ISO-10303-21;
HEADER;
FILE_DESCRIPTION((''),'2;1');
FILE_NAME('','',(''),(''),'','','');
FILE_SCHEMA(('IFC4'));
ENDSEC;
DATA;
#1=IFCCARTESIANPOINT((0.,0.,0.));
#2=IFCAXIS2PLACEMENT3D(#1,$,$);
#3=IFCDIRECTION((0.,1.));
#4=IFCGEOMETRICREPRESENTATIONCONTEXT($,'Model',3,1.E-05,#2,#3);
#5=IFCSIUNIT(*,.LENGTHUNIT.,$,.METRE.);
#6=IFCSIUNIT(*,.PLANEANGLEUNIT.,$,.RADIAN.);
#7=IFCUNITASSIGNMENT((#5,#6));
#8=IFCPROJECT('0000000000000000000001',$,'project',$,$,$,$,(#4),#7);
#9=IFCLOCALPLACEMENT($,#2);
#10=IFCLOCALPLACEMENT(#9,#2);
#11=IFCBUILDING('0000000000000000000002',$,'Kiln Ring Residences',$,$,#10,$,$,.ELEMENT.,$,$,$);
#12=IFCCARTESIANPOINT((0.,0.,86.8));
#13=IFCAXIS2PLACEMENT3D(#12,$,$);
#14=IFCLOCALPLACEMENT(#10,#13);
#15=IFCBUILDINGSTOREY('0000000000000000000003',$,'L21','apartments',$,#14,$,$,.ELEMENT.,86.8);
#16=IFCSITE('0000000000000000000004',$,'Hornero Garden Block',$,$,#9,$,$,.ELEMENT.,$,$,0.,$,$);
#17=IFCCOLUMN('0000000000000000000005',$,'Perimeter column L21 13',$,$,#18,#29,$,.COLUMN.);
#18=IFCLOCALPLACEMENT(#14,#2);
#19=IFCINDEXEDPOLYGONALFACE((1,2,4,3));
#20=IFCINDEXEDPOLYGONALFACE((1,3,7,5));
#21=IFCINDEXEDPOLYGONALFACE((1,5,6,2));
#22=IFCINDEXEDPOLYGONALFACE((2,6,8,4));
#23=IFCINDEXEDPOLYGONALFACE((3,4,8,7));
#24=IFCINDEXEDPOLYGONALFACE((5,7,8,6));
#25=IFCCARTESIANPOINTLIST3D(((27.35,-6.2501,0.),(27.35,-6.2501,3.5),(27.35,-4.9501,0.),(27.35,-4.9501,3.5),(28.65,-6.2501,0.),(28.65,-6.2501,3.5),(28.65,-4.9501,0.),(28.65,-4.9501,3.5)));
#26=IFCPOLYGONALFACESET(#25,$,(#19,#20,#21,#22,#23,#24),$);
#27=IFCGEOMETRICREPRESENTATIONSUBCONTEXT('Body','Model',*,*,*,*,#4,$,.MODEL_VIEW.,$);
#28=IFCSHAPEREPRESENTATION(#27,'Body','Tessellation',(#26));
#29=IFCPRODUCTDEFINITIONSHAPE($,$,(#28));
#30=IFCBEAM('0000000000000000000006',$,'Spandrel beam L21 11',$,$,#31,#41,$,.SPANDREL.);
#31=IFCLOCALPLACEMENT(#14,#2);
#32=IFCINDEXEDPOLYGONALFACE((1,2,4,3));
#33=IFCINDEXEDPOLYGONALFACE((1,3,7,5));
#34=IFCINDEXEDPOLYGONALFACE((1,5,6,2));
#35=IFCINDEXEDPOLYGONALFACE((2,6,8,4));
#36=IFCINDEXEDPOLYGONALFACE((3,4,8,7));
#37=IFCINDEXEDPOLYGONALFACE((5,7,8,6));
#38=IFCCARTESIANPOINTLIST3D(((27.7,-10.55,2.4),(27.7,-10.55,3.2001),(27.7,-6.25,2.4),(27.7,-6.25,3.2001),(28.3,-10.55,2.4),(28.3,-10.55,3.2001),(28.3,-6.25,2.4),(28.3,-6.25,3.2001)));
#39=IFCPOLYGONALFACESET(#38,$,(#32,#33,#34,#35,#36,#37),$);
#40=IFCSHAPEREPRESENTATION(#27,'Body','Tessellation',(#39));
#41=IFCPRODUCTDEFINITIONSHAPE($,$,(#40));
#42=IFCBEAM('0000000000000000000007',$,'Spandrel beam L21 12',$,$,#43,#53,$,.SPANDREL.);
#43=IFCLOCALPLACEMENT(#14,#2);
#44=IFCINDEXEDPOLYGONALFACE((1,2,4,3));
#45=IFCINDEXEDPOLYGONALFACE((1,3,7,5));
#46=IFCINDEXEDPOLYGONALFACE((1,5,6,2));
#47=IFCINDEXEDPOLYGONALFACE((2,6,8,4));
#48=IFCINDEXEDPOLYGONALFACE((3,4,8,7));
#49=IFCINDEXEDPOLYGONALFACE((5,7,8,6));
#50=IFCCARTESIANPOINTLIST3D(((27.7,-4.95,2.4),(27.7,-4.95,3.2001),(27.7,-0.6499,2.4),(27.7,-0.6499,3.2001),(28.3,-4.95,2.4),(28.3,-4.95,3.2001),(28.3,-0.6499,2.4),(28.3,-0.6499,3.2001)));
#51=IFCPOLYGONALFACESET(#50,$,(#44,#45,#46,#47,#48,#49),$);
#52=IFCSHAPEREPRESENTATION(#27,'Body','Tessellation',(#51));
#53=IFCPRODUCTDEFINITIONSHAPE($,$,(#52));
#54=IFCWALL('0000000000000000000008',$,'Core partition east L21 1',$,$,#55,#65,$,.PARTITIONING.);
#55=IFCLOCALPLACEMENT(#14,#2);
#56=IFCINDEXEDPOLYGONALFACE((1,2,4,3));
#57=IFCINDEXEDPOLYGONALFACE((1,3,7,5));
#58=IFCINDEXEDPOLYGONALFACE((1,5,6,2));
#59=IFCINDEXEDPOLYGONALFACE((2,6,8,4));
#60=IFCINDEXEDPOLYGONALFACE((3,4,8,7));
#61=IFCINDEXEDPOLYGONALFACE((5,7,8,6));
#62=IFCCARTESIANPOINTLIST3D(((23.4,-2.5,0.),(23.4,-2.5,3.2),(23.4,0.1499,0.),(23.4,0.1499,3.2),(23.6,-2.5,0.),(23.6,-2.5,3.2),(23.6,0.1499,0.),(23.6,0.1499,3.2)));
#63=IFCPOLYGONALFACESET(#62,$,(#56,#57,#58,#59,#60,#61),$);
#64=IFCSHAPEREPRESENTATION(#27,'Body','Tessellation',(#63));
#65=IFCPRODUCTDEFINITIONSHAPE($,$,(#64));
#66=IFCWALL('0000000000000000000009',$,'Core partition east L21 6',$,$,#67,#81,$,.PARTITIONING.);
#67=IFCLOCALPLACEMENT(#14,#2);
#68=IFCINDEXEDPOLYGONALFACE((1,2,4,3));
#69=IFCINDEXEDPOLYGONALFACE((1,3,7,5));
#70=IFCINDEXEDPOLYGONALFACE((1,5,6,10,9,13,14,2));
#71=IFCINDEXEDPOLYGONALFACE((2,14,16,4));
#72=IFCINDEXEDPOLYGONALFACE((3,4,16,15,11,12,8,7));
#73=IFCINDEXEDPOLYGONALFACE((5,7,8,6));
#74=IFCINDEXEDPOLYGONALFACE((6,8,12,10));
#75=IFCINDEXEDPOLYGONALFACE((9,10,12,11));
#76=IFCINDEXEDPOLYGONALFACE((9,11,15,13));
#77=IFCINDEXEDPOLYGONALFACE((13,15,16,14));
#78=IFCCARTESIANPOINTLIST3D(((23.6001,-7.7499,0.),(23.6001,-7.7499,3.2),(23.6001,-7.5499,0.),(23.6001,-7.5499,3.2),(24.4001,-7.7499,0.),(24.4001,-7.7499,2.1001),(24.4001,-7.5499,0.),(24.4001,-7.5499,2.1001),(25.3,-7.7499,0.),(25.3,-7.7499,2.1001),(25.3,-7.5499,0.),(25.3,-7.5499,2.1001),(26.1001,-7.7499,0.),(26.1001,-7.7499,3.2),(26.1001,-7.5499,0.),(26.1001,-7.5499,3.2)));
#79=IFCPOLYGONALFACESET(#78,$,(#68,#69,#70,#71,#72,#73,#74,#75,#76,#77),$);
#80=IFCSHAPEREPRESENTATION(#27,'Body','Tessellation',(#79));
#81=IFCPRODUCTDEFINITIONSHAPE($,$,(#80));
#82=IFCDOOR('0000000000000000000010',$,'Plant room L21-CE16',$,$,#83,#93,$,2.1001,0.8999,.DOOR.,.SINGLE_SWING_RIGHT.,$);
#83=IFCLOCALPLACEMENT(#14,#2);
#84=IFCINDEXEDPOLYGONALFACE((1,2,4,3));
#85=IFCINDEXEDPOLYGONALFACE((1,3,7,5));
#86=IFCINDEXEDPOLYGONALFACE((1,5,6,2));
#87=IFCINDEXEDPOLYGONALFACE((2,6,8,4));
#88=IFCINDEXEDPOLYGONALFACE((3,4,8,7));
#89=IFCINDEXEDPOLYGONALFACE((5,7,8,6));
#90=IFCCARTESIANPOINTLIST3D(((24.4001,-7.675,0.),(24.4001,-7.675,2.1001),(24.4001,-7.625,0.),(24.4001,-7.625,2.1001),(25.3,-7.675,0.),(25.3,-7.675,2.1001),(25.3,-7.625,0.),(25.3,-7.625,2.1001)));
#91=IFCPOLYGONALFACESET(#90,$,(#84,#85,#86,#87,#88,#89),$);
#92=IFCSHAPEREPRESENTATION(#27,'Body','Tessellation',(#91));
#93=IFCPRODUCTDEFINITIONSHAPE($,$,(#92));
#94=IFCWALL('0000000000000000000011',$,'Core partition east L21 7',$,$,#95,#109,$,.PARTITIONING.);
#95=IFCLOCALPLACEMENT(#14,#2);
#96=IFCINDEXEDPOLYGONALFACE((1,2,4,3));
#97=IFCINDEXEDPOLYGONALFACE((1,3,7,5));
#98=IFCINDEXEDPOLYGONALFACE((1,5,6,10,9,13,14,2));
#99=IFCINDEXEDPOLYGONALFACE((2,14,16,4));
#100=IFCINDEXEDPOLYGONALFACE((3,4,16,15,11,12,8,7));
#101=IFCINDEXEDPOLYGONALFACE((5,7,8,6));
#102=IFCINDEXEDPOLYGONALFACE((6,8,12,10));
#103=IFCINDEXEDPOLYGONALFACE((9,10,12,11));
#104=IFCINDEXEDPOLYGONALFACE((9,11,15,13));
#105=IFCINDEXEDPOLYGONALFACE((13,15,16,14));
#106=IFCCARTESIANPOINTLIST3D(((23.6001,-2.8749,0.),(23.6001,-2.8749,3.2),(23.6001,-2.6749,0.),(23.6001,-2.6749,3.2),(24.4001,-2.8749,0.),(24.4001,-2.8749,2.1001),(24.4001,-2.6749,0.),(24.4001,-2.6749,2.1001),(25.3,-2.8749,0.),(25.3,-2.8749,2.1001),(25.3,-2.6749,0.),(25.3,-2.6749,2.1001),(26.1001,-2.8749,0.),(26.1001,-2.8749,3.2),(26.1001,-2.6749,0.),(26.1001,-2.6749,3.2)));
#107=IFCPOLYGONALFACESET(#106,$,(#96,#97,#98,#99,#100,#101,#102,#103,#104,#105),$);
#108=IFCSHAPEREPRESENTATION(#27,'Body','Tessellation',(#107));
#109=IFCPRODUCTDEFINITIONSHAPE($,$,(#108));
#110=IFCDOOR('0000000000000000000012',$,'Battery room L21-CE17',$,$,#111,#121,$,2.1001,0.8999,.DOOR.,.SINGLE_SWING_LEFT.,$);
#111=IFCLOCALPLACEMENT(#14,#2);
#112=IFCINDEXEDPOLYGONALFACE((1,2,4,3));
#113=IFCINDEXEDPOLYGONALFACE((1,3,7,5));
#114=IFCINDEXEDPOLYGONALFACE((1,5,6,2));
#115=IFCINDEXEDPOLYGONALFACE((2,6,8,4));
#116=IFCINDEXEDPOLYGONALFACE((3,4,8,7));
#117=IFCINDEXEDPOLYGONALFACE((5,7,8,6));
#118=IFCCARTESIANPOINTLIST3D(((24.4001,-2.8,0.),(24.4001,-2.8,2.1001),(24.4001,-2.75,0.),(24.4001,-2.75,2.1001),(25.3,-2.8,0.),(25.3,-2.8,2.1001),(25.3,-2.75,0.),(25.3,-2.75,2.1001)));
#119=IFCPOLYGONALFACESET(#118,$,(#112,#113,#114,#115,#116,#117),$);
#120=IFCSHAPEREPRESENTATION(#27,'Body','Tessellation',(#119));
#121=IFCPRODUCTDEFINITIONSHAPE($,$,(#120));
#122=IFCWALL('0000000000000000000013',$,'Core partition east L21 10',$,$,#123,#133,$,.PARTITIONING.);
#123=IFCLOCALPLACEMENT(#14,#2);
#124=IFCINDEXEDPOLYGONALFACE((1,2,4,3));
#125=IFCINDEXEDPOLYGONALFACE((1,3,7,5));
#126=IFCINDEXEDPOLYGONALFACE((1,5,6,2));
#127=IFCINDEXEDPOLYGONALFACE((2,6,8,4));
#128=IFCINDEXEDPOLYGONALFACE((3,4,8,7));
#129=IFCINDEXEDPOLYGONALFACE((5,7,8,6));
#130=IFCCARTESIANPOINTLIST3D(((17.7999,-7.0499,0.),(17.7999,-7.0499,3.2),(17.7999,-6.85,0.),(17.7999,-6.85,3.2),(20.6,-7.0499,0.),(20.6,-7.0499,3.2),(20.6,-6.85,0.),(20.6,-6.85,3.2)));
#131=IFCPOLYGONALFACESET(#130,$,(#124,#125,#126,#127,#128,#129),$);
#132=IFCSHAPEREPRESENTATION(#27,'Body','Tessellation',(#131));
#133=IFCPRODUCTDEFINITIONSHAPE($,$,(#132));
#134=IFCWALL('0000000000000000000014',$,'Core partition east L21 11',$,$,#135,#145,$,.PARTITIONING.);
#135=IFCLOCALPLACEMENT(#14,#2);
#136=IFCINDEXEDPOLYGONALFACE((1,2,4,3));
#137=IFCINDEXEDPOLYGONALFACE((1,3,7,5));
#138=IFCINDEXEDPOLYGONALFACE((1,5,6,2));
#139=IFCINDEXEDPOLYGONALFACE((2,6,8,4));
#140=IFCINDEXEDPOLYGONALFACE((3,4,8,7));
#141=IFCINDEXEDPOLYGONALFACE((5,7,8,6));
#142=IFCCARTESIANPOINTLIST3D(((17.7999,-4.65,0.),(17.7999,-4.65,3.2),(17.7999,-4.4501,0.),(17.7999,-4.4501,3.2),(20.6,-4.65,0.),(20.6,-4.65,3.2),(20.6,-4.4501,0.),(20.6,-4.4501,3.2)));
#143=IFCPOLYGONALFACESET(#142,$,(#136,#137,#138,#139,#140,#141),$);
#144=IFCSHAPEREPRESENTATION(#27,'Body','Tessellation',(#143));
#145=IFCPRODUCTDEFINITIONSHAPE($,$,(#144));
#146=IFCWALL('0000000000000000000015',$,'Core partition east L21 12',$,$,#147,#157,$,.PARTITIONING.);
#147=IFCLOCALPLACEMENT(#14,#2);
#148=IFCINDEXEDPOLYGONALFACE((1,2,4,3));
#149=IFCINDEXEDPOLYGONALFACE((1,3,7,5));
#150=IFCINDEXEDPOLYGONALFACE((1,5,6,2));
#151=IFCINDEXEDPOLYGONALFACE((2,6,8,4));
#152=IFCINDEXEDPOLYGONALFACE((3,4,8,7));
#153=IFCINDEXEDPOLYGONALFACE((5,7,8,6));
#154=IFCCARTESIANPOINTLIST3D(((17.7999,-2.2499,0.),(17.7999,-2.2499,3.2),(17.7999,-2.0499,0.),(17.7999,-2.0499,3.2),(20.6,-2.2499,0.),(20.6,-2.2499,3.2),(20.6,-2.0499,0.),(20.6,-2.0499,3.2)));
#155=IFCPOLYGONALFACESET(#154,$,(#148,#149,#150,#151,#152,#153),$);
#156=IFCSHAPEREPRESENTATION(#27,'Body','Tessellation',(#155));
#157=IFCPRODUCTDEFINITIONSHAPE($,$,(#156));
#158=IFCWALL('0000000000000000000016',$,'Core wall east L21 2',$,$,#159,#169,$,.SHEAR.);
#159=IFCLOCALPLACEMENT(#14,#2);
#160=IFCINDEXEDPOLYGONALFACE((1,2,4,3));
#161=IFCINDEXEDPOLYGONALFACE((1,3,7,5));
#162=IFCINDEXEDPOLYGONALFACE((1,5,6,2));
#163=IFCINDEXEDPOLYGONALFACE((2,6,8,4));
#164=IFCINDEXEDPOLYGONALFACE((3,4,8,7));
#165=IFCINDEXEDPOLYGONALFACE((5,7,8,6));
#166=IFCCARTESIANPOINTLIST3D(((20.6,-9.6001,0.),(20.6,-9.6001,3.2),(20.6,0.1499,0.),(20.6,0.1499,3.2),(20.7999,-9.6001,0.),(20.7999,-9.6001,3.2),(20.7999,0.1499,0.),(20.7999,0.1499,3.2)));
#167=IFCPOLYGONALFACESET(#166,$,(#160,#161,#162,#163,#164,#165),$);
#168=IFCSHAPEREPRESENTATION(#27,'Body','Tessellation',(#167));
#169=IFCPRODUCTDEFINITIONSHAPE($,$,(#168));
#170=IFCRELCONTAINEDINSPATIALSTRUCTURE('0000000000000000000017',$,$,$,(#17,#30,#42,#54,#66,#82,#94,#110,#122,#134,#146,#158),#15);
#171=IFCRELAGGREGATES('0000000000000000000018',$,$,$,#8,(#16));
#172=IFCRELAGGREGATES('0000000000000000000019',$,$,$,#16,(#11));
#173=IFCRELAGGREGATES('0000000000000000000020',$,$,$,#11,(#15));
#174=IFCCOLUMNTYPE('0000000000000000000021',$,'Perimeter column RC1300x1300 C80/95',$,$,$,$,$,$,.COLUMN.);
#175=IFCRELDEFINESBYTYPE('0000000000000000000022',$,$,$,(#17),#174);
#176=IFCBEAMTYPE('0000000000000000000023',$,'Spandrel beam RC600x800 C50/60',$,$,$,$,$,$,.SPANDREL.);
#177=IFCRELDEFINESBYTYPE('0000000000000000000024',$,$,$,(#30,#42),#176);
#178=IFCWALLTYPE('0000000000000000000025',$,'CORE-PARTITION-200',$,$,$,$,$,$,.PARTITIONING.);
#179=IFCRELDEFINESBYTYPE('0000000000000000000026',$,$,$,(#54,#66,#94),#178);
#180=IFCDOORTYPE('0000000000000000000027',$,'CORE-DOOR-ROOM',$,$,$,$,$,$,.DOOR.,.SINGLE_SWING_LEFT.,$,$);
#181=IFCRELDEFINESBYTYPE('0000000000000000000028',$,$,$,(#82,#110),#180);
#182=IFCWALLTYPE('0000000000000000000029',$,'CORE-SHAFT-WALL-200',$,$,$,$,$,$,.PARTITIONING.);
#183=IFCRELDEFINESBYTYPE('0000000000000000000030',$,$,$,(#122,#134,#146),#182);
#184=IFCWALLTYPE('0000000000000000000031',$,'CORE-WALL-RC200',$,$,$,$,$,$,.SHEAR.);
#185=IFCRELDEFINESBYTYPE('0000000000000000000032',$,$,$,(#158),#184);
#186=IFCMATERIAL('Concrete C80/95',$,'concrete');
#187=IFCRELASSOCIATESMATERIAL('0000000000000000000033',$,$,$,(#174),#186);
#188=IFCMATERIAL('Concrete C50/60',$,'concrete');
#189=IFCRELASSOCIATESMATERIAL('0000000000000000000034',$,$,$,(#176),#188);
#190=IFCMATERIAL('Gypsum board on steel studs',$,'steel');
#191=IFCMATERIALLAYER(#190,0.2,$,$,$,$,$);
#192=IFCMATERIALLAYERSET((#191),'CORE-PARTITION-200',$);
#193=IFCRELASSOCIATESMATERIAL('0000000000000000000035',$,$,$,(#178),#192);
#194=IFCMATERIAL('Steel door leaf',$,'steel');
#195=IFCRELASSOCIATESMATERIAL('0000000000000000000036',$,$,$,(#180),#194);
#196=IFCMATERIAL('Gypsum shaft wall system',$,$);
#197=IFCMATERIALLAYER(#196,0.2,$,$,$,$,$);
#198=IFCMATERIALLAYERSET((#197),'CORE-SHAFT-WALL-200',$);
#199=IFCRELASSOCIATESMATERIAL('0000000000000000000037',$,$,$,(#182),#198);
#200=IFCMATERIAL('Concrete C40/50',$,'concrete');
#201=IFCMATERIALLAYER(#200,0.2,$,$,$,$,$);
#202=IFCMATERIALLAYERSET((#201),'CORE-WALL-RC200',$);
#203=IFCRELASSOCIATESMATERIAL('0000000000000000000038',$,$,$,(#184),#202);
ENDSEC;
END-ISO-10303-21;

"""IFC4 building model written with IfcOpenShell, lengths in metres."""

from ifc_helpers import new_model, si_unit, direction, frame, frame_2d, origin, origin_2d, place, context, subcontext, project, spatial, rectangle, extrude, material, layer, layer_set, material_profile, profile_set, type_object, element, fill, save


model = new_model("IFC4")

# Units and contexts
model_context = context("Model", 3, precision=1e-05, world=origin(), true_north=direction((0.0, 1.0)))
body_context = subcontext(model_context, "Body", "Model", "MODEL_VIEW")
ifc_project = project(units=[si_unit("LENGTHUNIT", "METRE"), si_unit("PLANEANGLEUNIT", "RADIAN")], contexts=[model_context])

# Site, building, storey
site_placement = place(None, origin())
site = spatial("IfcSite", under=ifc_project, at=site_placement, Name="Hornero Garden Block", CompositionType="ELEMENT", RefElevation=0.0)
building_placement = place(site_placement, origin())
building = spatial("IfcBuilding", under=site, at=building_placement, Name="Kiln Ring Residences", CompositionType="ELEMENT")
storey_placement = place(building_placement, frame((0.0, 0.0, 86.8)))
storey = spatial("IfcBuildingStorey", under=building, at=storey_placement, Name="L21", Description="apartments", CompositionType="ELEMENT", Elevation=86.8)

# Column
ifc_material_1 = material(Name="Concrete C80/95", Category="concrete")
ifc_material_profile_1 = material_profile(ifc_material_1, rectangle(XDim=1.3, YDim=1.3, at=origin_2d()), Name="RC1300x1300")
ifc_profile_set_1 = profile_set([ifc_material_profile_1], Name="Concrete C80/95")
column_type = type_object("IfcColumnType", Name="Perimeter column RC1300x1300 C80/95", PredefinedType="COLUMN", material=ifc_profile_set_1)
column_placement = place(storey_placement, frame((28.0, -5.6001, 0.0), z_axis=(0.0, 0.0, 1.0), x_axis=(1.0, 0.0, 0.0)))
element("IfcColumn", 1, at=column_placement, inside=storey, type_object=column_type, Name="Perimeter column L21 13", PredefinedType="COLUMN", context=body_context, shape_type="SweptSolid", body=[
    extrude(rectangle(XDim=1.3, YDim=1.3, at=origin_2d()), origin(), (0.0, 0.0, 1.0), 3.5),
])

# Beams
ifc_material_2 = material(Name="Concrete C50/60", Category="concrete")
ifc_material_profile_2 = material_profile(ifc_material_2, rectangle(XDim=0.6001, YDim=0.8, at=origin_2d()), Name="RC600x800")
ifc_profile_set_2 = profile_set([ifc_material_profile_2], Name="Concrete C50/60")
beam_type = type_object("IfcBeamType", Name="Spandrel beam RC600x800 C50/60", PredefinedType="SPANDREL", material=ifc_profile_set_2)
for number, where, z_axis, x_axis, name in (
    (2, (28.0, -10.55, 2.8), (0.0, 1.0, 0.0), (-1.0, 0.0, 0.0), "Spandrel beam L21 11"),
    (3, (28.0, -4.95, 2.8), (0.0, 1.0, 0.0), (-1.0, 0.0, 0.0), "Spandrel beam L21 12"),
):
    element("IfcBeam", number, at=place(storey_placement, frame(where, z_axis=z_axis, x_axis=x_axis)), inside=storey, type_object=beam_type, Name=name, PredefinedType="SPANDREL", context=body_context, shape_type="SweptSolid", body=[
        extrude(rectangle(XDim=0.6001, YDim=0.8, at=origin_2d()), origin(), (0.0, 0.0, 1.0), 4.3),
    ])

# Wall
ifc_material_3 = material(Name="Gypsum board on steel studs", Category="steel")
ifc_layer_1 = layer(ifc_material_3, 0.2)
ifc_layer_set_1 = layer_set([ifc_layer_1], Name="CORE-PARTITION-200")
wall_type_1 = type_object("IfcWallType", Name="CORE-PARTITION-200", PredefinedType="PARTITIONING", material=ifc_layer_set_1)
wall_1_placement = place(storey_placement, frame((23.5, -2.5, 0.0), z_axis=(0.0, 0.0, 1.0), x_axis=(0.0, 1.0, 0.0)))
element("IfcWall", 4, at=wall_1_placement, inside=storey, type_object=wall_type_1, Name="Core partition east L21 1", PredefinedType="PARTITIONING", context=body_context, shape_type="SweptSolid", body=[
    extrude(rectangle(XDim=2.6499, YDim=0.2, at=frame_2d((1.325, 0.0))), origin(), (0.0, 0.0, 1.0), 3.2),
])

# Walls, openings, doors
wall_2_placement = place(storey_placement, frame((23.6001, -7.6499, 0.0), z_axis=(0.0, 0.0, 1.0), x_axis=(1.0, 0.0, 0.0)))
wall_2 = element("IfcWall", 5, at=wall_2_placement, inside=storey, type_object=wall_type_1, Name="Core partition east L21 6", PredefinedType="PARTITIONING", context=body_context, shape_type="SweptSolid", body=[
    extrude(rectangle(XDim=2.5, YDim=0.2, at=frame_2d((1.25, 0.0))), origin(), (0.0, 0.0, 1.0), 3.2),
])
opening_1_placement = place(wall_2_placement, frame((0.8, 0.0, 0.0)))
opening_1 = element("IfcOpeningElement", 6, at=opening_1_placement, cuts=wall_2, PredefinedType="OPENING", context=body_context, shape_type="SweptSolid", body=[
    extrude(rectangle(XDim=0.8999, YDim=2.1001, at=frame_2d((0.45, 1.05))), frame((0.0, 0.1099, 0.0), z_axis=(0.0, -1.0, 0.0), x_axis=(1.0, 0.0, 0.0)), (0.0, 0.0, 1.0), 0.22),
])
ifc_material_4 = material(Name="Steel door leaf", Category="steel")
door_type_1 = type_object("IfcDoorType", Name="CORE-DOOR-ROOM", OperationType="SINGLE_SWING_LEFT", PredefinedType="DOOR", material=ifc_material_4)
door_1_placement = place(opening_1_placement, origin())
door_1 = element("IfcDoor", 7, at=door_1_placement, inside=storey, type_object=door_type_1, Name="Plant room L21-CE16", OperationType="SINGLE_SWING_RIGHT", OverallHeight=2.1001, OverallWidth=0.8999, PredefinedType="DOOR", context=body_context, shape_type="SweptSolid", body=[
    extrude(rectangle(XDim=0.8999, YDim=2.1001, at=frame_2d((0.45, 1.05))), frame((0.0, 0.0249, 0.0), z_axis=(0.0, -1.0, 0.0), x_axis=(1.0, 0.0, 0.0)), (0.0, 0.0, 1.0), 0.05),
])
fill(opening_1, door_1)
wall_3_placement = place(storey_placement, frame((23.6001, -2.7749, 0.0), z_axis=(0.0, 0.0, 1.0), x_axis=(1.0, 0.0, 0.0)))
wall_3 = element("IfcWall", 8, at=wall_3_placement, inside=storey, type_object=wall_type_1, Name="Core partition east L21 7", PredefinedType="PARTITIONING", context=body_context, shape_type="SweptSolid", body=[
    extrude(rectangle(XDim=2.5, YDim=0.2, at=frame_2d((1.25, 0.0))), origin(), (0.0, 0.0, 1.0), 3.2),
])
opening_2_placement = place(wall_3_placement, frame((0.8, 0.0, 0.0)))
opening_2 = element("IfcOpeningElement", 9, at=opening_2_placement, cuts=wall_3, PredefinedType="OPENING", context=body_context, shape_type="SweptSolid", body=[
    extrude(rectangle(XDim=0.8999, YDim=2.1001, at=frame_2d((0.45, 1.05))), frame((0.0, 0.1099, 0.0), z_axis=(0.0, -1.0, 0.0), x_axis=(1.0, 0.0, 0.0)), (0.0, 0.0, 1.0), 0.22),
])
door_2_placement = place(opening_2_placement, origin())
door_2 = element("IfcDoor", 10, at=door_2_placement, inside=storey, type_object=door_type_1, Name="Battery room L21-CE17", OperationType="SINGLE_SWING_LEFT", OverallHeight=2.1001, OverallWidth=0.8999, PredefinedType="DOOR", context=body_context, shape_type="SweptSolid", body=[
    extrude(rectangle(XDim=0.8999, YDim=2.1001, at=frame_2d((0.45, 1.05))), frame((0.0, 0.0249, 0.0), z_axis=(0.0, -1.0, 0.0), x_axis=(1.0, 0.0, 0.0)), (0.0, 0.0, 1.0), 0.05),
])
fill(opening_2, door_2)

# Walls
ifc_material_5 = material(Name="Gypsum shaft wall system")
ifc_layer_2 = layer(ifc_material_5, 0.2)
ifc_layer_set_2 = layer_set([ifc_layer_2], Name="CORE-SHAFT-WALL-200")
wall_type_2 = type_object("IfcWallType", Name="CORE-SHAFT-WALL-200", PredefinedType="PARTITIONING", material=ifc_layer_set_2)
for number, where, z_axis, x_axis, name in (
    (11, (17.8, -6.95, 0.0), (0.0, 0.0, 1.0), (1.0, 0.0, 0.0), "Core partition east L21 10"),
    (12, (17.8, -4.55, 0.0), (0.0, 0.0, 1.0), (1.0, 0.0, 0.0), "Core partition east L21 11"),
    (13, (17.8, -2.1499, 0.0), (0.0, 0.0, 1.0), (1.0, 0.0, 0.0), "Core partition east L21 12"),
):
    element("IfcWall", number, at=place(storey_placement, frame(where, z_axis=z_axis, x_axis=x_axis)), inside=storey, type_object=wall_type_2, Name=name, PredefinedType="PARTITIONING", context=body_context, shape_type="SweptSolid", body=[
        extrude(rectangle(XDim=2.8, YDim=0.2, at=frame_2d((1.3999, 0.0))), origin(), (0.0, 0.0, 1.0), 3.2),
    ])
ifc_material_6 = material(Name="Concrete C40/50", Category="concrete")
ifc_layer_3 = layer(ifc_material_6, 0.2)
ifc_layer_set_3 = layer_set([ifc_layer_3], Name="CORE-WALL-RC200")
wall_type_3 = type_object("IfcWallType", Name="CORE-WALL-RC200", PredefinedType="SHEAR", material=ifc_layer_set_3)
wall_4_placement = place(storey_placement, frame((20.7, -9.6001, 0.0), z_axis=(0.0, 0.0, 1.0), x_axis=(0.0, 1.0, 0.0)))
element("IfcWall", 14, at=wall_4_placement, inside=storey, type_object=wall_type_3, Name="Core wall east L21 2", PredefinedType="SHEAR", context=body_context, shape_type="SweptSolid", body=[
    extrude(rectangle(XDim=9.75, YDim=0.2, at=frame_2d((4.875, 0.0))), origin(), (0.0, 0.0, 1.0), 3.2),
])

save(model, "model.ifc")
